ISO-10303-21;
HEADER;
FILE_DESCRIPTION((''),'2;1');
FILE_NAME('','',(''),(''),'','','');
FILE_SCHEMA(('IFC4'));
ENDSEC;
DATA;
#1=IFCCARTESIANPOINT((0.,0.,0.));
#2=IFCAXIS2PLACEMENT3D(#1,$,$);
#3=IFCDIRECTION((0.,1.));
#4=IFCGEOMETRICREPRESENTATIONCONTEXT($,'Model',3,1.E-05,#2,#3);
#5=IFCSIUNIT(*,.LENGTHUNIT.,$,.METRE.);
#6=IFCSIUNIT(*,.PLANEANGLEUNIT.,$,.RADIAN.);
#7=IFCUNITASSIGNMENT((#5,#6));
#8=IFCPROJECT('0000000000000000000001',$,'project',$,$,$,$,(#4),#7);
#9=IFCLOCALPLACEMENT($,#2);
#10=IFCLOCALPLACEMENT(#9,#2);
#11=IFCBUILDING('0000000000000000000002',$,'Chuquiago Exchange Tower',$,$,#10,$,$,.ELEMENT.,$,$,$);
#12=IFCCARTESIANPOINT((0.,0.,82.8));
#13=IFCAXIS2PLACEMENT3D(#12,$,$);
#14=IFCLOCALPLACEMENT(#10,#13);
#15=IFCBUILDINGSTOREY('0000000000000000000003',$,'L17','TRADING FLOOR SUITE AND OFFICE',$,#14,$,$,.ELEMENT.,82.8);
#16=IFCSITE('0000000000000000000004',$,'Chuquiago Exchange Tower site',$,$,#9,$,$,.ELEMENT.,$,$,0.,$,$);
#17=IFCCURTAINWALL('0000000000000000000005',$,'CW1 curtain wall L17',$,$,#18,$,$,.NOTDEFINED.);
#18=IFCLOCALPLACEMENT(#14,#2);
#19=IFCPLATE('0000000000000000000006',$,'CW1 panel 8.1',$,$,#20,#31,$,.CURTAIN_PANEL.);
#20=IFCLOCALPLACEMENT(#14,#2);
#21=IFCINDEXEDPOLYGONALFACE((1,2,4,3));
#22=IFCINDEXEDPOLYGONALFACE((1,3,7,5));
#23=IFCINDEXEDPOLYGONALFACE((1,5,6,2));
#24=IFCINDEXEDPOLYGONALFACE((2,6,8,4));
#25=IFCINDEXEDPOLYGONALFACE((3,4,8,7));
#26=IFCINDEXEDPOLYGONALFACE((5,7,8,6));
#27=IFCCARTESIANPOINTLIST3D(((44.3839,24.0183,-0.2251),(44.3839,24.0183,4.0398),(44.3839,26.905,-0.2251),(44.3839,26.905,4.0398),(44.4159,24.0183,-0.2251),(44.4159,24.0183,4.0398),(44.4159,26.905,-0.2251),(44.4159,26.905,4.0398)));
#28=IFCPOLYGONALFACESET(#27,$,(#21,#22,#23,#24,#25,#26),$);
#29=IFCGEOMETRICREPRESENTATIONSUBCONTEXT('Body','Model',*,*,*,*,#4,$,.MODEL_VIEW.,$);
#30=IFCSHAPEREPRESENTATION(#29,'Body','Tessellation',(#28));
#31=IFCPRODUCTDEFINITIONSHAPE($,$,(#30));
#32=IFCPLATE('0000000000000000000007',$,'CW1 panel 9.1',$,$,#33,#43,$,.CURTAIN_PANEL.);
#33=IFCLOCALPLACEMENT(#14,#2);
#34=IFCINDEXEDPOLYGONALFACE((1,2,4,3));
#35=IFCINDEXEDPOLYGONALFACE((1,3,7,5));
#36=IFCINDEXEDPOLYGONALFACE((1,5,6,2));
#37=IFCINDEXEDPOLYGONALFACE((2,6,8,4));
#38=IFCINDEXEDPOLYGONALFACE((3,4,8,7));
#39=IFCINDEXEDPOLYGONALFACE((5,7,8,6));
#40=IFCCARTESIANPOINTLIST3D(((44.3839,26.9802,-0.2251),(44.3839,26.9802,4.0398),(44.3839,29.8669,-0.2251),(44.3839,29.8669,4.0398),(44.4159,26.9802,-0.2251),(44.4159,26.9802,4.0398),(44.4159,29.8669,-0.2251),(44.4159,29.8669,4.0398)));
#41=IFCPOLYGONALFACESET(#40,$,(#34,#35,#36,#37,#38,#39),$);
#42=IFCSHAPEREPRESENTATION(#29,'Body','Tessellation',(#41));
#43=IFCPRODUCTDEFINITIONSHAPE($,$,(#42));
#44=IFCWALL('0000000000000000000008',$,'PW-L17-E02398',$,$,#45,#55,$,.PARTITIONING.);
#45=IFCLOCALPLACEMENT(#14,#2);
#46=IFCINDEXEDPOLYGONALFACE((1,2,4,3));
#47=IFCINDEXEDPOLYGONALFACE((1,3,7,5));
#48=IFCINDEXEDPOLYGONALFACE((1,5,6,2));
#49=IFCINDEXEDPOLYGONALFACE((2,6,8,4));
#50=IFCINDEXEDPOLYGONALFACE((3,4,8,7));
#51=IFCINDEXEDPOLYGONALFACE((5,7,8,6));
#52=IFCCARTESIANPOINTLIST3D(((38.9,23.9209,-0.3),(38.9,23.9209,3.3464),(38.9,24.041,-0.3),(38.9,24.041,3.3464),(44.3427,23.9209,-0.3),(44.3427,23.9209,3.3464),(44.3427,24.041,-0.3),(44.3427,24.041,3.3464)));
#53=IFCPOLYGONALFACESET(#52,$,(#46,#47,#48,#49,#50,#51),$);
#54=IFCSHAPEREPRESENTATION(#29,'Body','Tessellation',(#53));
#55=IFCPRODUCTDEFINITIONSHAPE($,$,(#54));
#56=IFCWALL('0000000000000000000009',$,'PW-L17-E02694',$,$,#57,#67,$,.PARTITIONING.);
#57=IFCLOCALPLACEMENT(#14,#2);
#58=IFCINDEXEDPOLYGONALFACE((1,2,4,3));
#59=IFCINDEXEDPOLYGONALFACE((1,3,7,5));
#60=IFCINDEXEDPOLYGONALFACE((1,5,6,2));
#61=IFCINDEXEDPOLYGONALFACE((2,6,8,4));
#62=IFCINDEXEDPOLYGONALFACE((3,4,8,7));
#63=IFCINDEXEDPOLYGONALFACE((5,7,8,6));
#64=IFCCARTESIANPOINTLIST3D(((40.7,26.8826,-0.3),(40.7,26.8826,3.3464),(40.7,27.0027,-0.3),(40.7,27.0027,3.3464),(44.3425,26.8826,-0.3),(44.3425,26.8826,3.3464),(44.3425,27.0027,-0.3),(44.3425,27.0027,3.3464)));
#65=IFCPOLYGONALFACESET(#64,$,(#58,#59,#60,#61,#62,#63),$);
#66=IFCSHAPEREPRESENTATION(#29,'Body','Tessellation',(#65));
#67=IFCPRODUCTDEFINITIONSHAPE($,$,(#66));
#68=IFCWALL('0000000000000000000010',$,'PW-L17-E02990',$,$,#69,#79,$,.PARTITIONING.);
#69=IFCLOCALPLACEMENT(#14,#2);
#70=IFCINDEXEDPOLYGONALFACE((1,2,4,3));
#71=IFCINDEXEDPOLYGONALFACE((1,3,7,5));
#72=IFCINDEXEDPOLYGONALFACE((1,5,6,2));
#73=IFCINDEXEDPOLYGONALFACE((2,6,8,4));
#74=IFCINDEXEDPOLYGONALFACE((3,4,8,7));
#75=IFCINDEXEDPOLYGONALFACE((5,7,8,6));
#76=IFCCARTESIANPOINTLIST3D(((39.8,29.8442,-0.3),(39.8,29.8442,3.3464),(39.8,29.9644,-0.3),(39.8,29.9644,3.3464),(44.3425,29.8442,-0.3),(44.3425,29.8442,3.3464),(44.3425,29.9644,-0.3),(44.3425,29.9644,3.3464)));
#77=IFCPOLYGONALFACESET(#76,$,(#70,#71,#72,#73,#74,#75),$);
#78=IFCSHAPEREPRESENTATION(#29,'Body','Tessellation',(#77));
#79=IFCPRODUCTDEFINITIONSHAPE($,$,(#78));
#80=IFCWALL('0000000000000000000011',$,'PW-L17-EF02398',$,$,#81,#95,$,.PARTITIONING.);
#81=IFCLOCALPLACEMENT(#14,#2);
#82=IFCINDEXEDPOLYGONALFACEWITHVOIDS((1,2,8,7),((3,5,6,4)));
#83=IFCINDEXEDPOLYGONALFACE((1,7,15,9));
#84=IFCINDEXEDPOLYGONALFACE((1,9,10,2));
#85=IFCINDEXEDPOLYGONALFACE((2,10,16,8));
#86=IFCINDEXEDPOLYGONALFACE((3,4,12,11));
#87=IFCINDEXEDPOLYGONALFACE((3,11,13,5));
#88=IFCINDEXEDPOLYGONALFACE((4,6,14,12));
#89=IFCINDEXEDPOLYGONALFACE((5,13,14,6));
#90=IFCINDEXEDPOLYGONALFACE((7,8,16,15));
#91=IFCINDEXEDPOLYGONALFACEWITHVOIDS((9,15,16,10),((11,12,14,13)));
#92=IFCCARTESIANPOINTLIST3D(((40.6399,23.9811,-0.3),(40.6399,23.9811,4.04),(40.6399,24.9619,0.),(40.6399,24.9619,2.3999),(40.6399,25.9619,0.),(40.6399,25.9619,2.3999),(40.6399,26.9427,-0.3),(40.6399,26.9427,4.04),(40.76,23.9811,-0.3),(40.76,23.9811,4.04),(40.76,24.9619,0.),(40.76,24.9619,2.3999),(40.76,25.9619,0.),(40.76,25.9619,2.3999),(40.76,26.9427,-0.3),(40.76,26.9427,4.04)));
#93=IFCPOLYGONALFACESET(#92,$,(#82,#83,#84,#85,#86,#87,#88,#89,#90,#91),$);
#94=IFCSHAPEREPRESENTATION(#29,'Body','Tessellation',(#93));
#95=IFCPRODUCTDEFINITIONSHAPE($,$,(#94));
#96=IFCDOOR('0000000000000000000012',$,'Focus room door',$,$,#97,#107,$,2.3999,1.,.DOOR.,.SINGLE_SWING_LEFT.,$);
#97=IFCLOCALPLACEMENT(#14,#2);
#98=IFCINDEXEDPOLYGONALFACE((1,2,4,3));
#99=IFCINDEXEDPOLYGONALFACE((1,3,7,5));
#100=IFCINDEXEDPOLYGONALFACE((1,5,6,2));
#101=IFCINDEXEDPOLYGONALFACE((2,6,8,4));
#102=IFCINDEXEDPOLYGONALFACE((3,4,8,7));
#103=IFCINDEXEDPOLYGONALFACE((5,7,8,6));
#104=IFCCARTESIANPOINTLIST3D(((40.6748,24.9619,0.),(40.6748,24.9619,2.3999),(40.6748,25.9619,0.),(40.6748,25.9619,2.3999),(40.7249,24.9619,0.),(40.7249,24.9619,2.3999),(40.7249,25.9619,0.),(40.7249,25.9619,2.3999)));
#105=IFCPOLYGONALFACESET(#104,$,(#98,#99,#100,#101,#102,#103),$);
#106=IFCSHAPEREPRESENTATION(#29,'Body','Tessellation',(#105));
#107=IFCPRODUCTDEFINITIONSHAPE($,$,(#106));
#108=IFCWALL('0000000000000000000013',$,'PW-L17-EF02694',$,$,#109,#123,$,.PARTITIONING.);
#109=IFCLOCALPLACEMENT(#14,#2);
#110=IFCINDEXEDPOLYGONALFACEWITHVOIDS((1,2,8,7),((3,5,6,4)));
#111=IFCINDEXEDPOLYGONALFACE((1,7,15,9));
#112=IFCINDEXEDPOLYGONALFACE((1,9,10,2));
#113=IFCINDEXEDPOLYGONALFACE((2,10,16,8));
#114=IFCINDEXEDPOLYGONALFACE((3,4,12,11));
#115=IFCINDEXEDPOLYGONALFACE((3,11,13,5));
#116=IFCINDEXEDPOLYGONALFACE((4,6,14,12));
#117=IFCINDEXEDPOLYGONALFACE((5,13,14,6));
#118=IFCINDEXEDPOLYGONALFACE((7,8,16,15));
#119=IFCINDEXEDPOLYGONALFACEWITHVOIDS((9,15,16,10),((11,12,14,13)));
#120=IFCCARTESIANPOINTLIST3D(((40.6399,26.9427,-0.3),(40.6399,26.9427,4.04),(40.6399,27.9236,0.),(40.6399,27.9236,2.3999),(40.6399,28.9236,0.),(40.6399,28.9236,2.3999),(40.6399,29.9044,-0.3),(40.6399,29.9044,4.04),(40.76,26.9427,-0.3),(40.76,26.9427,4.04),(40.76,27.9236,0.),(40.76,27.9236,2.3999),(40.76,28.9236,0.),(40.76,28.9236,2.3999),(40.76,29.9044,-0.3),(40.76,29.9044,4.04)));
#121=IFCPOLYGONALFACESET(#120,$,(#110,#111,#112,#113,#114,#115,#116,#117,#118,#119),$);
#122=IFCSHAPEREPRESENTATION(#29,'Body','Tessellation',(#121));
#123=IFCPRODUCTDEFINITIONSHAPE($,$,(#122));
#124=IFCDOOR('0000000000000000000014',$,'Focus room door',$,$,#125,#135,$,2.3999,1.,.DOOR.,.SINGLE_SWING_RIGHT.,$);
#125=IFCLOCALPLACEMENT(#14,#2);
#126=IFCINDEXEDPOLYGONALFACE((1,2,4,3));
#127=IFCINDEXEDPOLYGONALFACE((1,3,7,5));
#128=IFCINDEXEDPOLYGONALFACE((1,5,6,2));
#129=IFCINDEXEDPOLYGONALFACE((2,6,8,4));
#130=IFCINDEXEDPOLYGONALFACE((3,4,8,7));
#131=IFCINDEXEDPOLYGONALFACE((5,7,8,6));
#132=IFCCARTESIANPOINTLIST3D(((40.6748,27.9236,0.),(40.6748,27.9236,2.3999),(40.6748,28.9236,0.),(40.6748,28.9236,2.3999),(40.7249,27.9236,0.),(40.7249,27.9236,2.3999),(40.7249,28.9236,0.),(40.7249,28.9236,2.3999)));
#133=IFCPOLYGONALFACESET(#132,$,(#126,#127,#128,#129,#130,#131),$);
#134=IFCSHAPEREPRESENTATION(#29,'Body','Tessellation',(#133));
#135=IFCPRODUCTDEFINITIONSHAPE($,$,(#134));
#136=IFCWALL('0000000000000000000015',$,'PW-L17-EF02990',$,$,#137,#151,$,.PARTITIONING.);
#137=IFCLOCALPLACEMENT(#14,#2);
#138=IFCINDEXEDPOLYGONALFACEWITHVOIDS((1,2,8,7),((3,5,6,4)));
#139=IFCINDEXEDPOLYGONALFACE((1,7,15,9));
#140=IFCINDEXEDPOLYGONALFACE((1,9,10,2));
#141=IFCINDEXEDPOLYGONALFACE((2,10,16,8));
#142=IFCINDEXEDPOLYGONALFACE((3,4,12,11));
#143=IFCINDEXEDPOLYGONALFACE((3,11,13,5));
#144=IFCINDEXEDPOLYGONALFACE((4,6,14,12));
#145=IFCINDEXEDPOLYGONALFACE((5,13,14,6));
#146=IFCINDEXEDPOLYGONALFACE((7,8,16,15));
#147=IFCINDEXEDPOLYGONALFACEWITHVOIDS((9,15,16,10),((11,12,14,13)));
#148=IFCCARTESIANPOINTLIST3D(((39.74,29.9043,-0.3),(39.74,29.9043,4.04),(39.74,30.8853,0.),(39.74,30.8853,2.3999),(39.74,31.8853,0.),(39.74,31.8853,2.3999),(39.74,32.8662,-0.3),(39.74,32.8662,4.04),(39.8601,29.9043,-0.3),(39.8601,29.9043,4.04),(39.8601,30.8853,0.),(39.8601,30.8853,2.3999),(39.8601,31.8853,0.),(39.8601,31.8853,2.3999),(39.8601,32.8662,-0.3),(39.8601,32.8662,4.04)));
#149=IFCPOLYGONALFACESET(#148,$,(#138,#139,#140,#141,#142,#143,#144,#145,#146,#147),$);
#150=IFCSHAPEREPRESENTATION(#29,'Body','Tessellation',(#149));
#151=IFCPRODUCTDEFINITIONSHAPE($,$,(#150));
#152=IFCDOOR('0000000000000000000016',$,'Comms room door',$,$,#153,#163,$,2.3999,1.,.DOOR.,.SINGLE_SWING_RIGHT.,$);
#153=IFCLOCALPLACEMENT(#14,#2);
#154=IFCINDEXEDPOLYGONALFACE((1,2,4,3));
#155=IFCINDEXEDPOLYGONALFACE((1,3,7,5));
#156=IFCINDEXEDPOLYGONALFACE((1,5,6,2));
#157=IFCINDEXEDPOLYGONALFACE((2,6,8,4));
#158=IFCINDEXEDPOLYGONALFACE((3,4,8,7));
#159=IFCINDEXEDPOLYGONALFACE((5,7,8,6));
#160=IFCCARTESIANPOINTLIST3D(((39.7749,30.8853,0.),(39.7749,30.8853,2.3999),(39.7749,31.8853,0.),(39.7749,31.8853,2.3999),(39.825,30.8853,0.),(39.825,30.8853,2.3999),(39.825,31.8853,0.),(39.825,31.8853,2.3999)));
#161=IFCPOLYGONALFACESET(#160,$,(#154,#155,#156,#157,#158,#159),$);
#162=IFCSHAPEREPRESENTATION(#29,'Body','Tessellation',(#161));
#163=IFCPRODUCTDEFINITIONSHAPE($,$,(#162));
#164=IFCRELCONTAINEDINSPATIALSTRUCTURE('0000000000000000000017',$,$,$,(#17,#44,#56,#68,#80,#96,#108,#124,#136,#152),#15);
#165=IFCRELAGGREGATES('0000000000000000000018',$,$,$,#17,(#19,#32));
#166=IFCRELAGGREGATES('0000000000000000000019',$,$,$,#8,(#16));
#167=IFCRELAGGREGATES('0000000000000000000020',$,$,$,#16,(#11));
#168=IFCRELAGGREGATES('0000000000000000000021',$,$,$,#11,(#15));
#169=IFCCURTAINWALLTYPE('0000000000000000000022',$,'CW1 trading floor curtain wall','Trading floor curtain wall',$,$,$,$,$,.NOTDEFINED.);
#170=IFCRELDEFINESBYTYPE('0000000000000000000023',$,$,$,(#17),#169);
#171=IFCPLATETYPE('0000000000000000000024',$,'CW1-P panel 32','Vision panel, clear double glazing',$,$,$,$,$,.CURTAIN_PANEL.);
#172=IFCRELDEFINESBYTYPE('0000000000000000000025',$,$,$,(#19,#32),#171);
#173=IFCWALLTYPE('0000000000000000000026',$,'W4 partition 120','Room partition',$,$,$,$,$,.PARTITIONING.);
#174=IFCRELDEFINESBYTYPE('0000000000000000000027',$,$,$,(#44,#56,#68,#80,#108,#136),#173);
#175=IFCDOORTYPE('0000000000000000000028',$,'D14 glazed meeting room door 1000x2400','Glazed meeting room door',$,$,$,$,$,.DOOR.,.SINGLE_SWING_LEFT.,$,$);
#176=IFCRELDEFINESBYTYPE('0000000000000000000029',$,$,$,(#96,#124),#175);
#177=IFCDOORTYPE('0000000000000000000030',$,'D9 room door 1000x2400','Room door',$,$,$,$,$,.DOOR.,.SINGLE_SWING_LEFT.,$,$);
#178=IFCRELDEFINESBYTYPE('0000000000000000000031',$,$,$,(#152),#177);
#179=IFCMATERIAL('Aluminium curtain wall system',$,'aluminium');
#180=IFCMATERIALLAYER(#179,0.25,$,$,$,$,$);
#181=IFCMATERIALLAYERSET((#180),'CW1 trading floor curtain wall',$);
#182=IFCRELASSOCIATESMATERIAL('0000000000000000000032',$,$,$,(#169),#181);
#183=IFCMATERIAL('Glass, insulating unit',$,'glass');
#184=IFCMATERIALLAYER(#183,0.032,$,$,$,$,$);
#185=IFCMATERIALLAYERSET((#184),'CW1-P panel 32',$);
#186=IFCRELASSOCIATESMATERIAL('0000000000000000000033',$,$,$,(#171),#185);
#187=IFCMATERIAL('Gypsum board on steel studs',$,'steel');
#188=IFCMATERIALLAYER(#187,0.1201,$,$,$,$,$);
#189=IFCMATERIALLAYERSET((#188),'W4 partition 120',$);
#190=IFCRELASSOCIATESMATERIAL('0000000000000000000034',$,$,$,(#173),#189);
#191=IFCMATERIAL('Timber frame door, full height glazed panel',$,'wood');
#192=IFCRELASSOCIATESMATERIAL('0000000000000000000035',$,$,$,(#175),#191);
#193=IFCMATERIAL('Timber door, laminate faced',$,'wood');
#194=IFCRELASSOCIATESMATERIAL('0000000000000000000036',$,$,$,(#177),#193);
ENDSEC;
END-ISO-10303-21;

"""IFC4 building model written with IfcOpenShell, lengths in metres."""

from ifc_helpers import new_model, si_unit, direction, frame, frame_2d, origin, origin_2d, place, context, subcontext, project, spatial, rectangle, extrude, material, layer, layer_set, type_object, element, fill, aggregate, save


model = new_model("IFC4")

# Units and contexts
model_context = context("Model", 3, precision=1e-05, world=origin(), true_north=direction((0.0, 1.0)))
body_context = subcontext(model_context, "Body", "Model", "MODEL_VIEW")
ifc_project = project(units=[si_unit("LENGTHUNIT", "METRE"), si_unit("PLANEANGLEUNIT", "RADIAN")], contexts=[model_context])

# Site, building, storey
site_placement = place(None, origin())
site = spatial("IfcSite", under=ifc_project, at=site_placement, Name="Chuquiago Exchange Tower site", CompositionType="ELEMENT", RefElevation=0.0)
building_placement = place(site_placement, origin())
building = spatial("IfcBuilding", under=site, at=building_placement, Name="Chuquiago Exchange Tower", CompositionType="ELEMENT")
storey_placement = place(building_placement, frame((0.0, 0.0, 82.8)))
storey = spatial("IfcBuildingStorey", under=building, at=storey_placement, Name="L17", Description="TRADING FLOOR SUITE AND OFFICE", CompositionType="ELEMENT", Elevation=82.8)

# Curtain wall
ifc_material_1 = material(Name="Aluminium curtain wall system", Category="aluminium")
ifc_layer_1 = layer(ifc_material_1, 0.25)
ifc_layer_set_1 = layer_set([ifc_layer_1], Name="CW1 trading floor curtain wall")
curtain_wall_type = type_object("IfcCurtainWallType", Name="CW1 trading floor curtain wall", Description="Trading floor curtain wall", PredefinedType="NOTDEFINED", material=ifc_layer_set_1)
curtain_wall_placement = place(storey_placement, origin())
curtain_wall = element("IfcCurtainWall", 1, at=curtain_wall_placement, inside=storey, type_object=curtain_wall_type, Name="CW1 curtain wall L17", PredefinedType="NOTDEFINED")

# Plates
ifc_material_2 = material(Name="Glass, insulating unit", Category="glass")
ifc_layer_2 = layer(ifc_material_2, 0.032)
ifc_layer_set_2 = layer_set([ifc_layer_2], Name="CW1-P panel 32")
plate_type = type_object("IfcPlateType", Name="CW1-P panel 32", Description="Vision panel, clear double glazing", PredefinedType="CURTAIN_PANEL", material=ifc_layer_set_2)
plate_1_placement = place(storey_placement, frame((44.3999, 25.4617, -0.2251), z_axis=(0.0, 0.0, 1.0), x_axis=(0.0, 1.0, 0.0)))
plate_1 = element("IfcPlate", 2, at=plate_1_placement, type_object=plate_type, Name="CW1 panel 8.1", PredefinedType="CURTAIN_PANEL", context=body_context, shape_type="SweptSolid", body=[
    extrude(rectangle(XDim=2.8867, YDim=0.032, at=origin_2d()), origin(), (0.0, 0.0, 1.0), 4.2649),
])
plate_2_placement = place(storey_placement, frame((44.3999, 28.4236, -0.2251), z_axis=(0.0, 0.0, 1.0), x_axis=(0.0, 1.0, 0.0)))
plate_2 = element("IfcPlate", 3, at=plate_2_placement, type_object=plate_type, Name="CW1 panel 9.1", PredefinedType="CURTAIN_PANEL", context=body_context, shape_type="SweptSolid", body=[
    extrude(rectangle(XDim=2.8867, YDim=0.032, at=origin_2d()), origin(), (0.0, 0.0, 1.0), 4.2649),
])
aggregate(curtain_wall, [plate_1, plate_2])

# Walls
ifc_material_3 = material(Name="Gypsum board on steel studs", Category="steel")
ifc_layer_3 = layer(ifc_material_3, 0.1201)
ifc_layer_set_3 = layer_set([ifc_layer_3], Name="W4 partition 120")
wall_type = type_object("IfcWallType", Name="W4 partition 120", Description="Room partition", PredefinedType="PARTITIONING", material=ifc_layer_set_3)
wall_1_placement = place(storey_placement, frame((44.3425, 23.981, -0.3), z_axis=(0.0, 0.0, 1.0), x_axis=(-1.0, 0.0, 0.0)))
element("IfcWall", 4, at=wall_1_placement, inside=storey, type_object=wall_type, Name="PW-L17-E02398", PredefinedType="PARTITIONING", context=body_context, shape_type="SweptSolid", body=[
    extrude(rectangle(XDim=5.4426, YDim=0.1201, at=frame_2d((2.7212, 0.0))), origin(), (0.0, 0.0, 1.0), 3.6465),
])
wall_2_placement = place(storey_placement, frame((44.3425, 26.9426, -0.3), z_axis=(0.0, 0.0, 1.0), x_axis=(-1.0, 0.0, 0.0)))
element("IfcWall", 5, at=wall_2_placement, inside=storey, type_object=wall_type, Name="PW-L17-E02694", PredefinedType="PARTITIONING", context=body_context, shape_type="SweptSolid", body=[
    extrude(rectangle(XDim=3.6426, YDim=0.1201, at=frame_2d((1.8213, 0.0))), origin(), (0.0, 0.0, 1.0), 3.6465),
])
wall_3_placement = place(storey_placement, frame((44.3425, 29.9043, -0.3), z_axis=(0.0, 0.0, 1.0), x_axis=(-1.0, 0.0, 0.0)))
element("IfcWall", 6, at=wall_3_placement, inside=storey, type_object=wall_type, Name="PW-L17-E02990", PredefinedType="PARTITIONING", context=body_context, shape_type="SweptSolid", body=[
    extrude(rectangle(XDim=4.5425, YDim=0.1201, at=frame_2d((2.2712, 0.0))), origin(), (0.0, 0.0, 1.0), 3.6465),
])

# Walls, openings, doors
wall_4_placement = place(storey_placement, frame((40.7, 23.981, -0.3), z_axis=(0.0, 0.0, 1.0), x_axis=(0.0, 1.0, 0.0)))
wall_4 = element("IfcWall", 7, at=wall_4_placement, inside=storey, type_object=wall_type, Name="PW-L17-EF02398", PredefinedType="PARTITIONING", context=body_context, shape_type="SweptSolid", body=[
    extrude(rectangle(XDim=2.9617, YDim=0.1201, at=frame_2d((1.481, 0.0))), origin(), (0.0, 0.0, 1.0), 4.3401),
])
opening_1_placement = place(wall_4_placement, frame((0.981, 0.0, 0.3)))
opening_1 = element("IfcOpeningElement", 8, at=opening_1_placement, cuts=wall_4, PredefinedType="OPENING", context=body_context, shape_type="SweptSolid", body=[
    extrude(rectangle(XDim=1.0, YDim=2.3999, at=frame_2d((0.5, 1.2))), frame((0.0, 0.0701, 0.0), z_axis=(0.0, -1.0, 0.0), x_axis=(1.0, 0.0, 0.0)), (0.0, 0.0, 1.0), 0.1401),
])
ifc_material_4 = material(Name="Timber frame door, full height glazed panel", Category="wood")
door_type_1 = type_object("IfcDoorType", Name="D14 glazed meeting room door 1000x2400", Description="Glazed meeting room door", OperationType="SINGLE_SWING_LEFT", PredefinedType="DOOR", material=ifc_material_4)
door_1_placement = place(opening_1_placement, frame((1.0, 0.0, 0.0), z_axis=(0.0, 0.0, 1.0), x_axis=(-1.0, 0.0, 0.0)))
door_1 = element("IfcDoor", 9, at=door_1_placement, inside=storey, type_object=door_type_1, Name="Focus room door", OperationType="SINGLE_SWING_LEFT", OverallHeight=2.3999, OverallWidth=1.0, PredefinedType="DOOR", context=body_context, shape_type="SweptSolid", body=[
    extrude(rectangle(XDim=1.0, YDim=2.3999, at=frame_2d((0.5, 1.2))), frame((0.0, 0.0249, 0.0), z_axis=(0.0, -1.0, 0.0), x_axis=(1.0, 0.0, 0.0)), (0.0, 0.0, 1.0), 0.05),
])
fill(opening_1, door_1)
wall_5_placement = place(storey_placement, frame((40.7, 26.9426, -0.3), z_axis=(0.0, 0.0, 1.0), x_axis=(0.0, 1.0, 0.0)))
wall_5 = element("IfcWall", 10, at=wall_5_placement, inside=storey, type_object=wall_type, Name="PW-L17-EF02694", PredefinedType="PARTITIONING", context=body_context, shape_type="SweptSolid", body=[
    extrude(rectangle(XDim=2.9617, YDim=0.1201, at=frame_2d((1.481, 0.0))), origin(), (0.0, 0.0, 1.0), 4.3401),
])
opening_2_placement = place(wall_5_placement, frame((0.981, 0.0, 0.3)))
opening_2 = element("IfcOpeningElement", 11, at=opening_2_placement, cuts=wall_5, PredefinedType="OPENING", context=body_context, shape_type="SweptSolid", body=[
    extrude(rectangle(XDim=1.0, YDim=2.3999, at=frame_2d((0.5, 1.2))), frame((0.0, 0.0701, 0.0), z_axis=(0.0, -1.0, 0.0), x_axis=(1.0, 0.0, 0.0)), (0.0, 0.0, 1.0), 0.1401),
])
door_2_placement = place(opening_2_placement, frame((1.0, 0.0, 0.0), z_axis=(0.0, 0.0, 1.0), x_axis=(-1.0, 0.0, 0.0)))
door_2 = element("IfcDoor", 12, at=door_2_placement, inside=storey, type_object=door_type_1, Name="Focus room door", OperationType="SINGLE_SWING_RIGHT", OverallHeight=2.3999, OverallWidth=1.0, PredefinedType="DOOR", context=body_context, shape_type="SweptSolid", body=[
    extrude(rectangle(XDim=1.0, YDim=2.3999, at=frame_2d((0.5, 1.2))), frame((0.0, 0.0249, 0.0), z_axis=(0.0, -1.0, 0.0), x_axis=(1.0, 0.0, 0.0)), (0.0, 0.0, 1.0), 0.05),
])
fill(opening_2, door_2)
wall_6_placement = place(storey_placement, frame((39.8, 29.9043, -0.3), z_axis=(0.0, 0.0, 1.0), x_axis=(0.0, 1.0, 0.0)))
wall_6 = element("IfcWall", 13, at=wall_6_placement, inside=storey, type_object=wall_type, Name="PW-L17-EF02990", PredefinedType="PARTITIONING", context=body_context, shape_type="SweptSolid", body=[
    extrude(rectangle(XDim=2.9619, YDim=0.1201, at=frame_2d((1.481, 0.0))), origin(), (0.0, 0.0, 1.0), 4.3401),
])
opening_3_placement = place(wall_6_placement, frame((0.981, 0.0, 0.3)))
opening_3 = element("IfcOpeningElement", 14, at=opening_3_placement, cuts=wall_6, PredefinedType="OPENING", context=body_context, shape_type="SweptSolid", body=[
    extrude(rectangle(XDim=1.0, YDim=2.3999, at=frame_2d((0.5, 1.2))), frame((0.0, 0.0701, 0.0), z_axis=(0.0, -1.0, 0.0), x_axis=(1.0, 0.0, 0.0)), (0.0, 0.0, 1.0), 0.1401),
])
ifc_material_5 = material(Name="Timber door, laminate faced", Category="wood")
door_type_2 = type_object("IfcDoorType", Name="D9 room door 1000x2400", Description="Room door", OperationType="SINGLE_SWING_LEFT", PredefinedType="DOOR", material=ifc_material_5)
door_3_placement = place(opening_3_placement, frame((1.0, 0.0, 0.0), z_axis=(0.0, 0.0, 1.0), x_axis=(-1.0, 0.0, 0.0)))
door_3 = element("IfcDoor", 15, at=door_3_placement, inside=storey, type_object=door_type_2, Name="Comms room door", OperationType="SINGLE_SWING_RIGHT", OverallHeight=2.3999, OverallWidth=1.0, PredefinedType="DOOR", context=body_context, shape_type="SweptSolid", body=[
    extrude(rectangle(XDim=1.0, YDim=2.3999, at=frame_2d((0.5, 1.2))), frame((0.0, 0.0249, 0.0), z_axis=(0.0, -1.0, 0.0), x_axis=(1.0, 0.0, 0.0)), (0.0, 0.0, 1.0), 0.05),
])
fill(opening_3, door_3)

save(model, "model.ifc")
